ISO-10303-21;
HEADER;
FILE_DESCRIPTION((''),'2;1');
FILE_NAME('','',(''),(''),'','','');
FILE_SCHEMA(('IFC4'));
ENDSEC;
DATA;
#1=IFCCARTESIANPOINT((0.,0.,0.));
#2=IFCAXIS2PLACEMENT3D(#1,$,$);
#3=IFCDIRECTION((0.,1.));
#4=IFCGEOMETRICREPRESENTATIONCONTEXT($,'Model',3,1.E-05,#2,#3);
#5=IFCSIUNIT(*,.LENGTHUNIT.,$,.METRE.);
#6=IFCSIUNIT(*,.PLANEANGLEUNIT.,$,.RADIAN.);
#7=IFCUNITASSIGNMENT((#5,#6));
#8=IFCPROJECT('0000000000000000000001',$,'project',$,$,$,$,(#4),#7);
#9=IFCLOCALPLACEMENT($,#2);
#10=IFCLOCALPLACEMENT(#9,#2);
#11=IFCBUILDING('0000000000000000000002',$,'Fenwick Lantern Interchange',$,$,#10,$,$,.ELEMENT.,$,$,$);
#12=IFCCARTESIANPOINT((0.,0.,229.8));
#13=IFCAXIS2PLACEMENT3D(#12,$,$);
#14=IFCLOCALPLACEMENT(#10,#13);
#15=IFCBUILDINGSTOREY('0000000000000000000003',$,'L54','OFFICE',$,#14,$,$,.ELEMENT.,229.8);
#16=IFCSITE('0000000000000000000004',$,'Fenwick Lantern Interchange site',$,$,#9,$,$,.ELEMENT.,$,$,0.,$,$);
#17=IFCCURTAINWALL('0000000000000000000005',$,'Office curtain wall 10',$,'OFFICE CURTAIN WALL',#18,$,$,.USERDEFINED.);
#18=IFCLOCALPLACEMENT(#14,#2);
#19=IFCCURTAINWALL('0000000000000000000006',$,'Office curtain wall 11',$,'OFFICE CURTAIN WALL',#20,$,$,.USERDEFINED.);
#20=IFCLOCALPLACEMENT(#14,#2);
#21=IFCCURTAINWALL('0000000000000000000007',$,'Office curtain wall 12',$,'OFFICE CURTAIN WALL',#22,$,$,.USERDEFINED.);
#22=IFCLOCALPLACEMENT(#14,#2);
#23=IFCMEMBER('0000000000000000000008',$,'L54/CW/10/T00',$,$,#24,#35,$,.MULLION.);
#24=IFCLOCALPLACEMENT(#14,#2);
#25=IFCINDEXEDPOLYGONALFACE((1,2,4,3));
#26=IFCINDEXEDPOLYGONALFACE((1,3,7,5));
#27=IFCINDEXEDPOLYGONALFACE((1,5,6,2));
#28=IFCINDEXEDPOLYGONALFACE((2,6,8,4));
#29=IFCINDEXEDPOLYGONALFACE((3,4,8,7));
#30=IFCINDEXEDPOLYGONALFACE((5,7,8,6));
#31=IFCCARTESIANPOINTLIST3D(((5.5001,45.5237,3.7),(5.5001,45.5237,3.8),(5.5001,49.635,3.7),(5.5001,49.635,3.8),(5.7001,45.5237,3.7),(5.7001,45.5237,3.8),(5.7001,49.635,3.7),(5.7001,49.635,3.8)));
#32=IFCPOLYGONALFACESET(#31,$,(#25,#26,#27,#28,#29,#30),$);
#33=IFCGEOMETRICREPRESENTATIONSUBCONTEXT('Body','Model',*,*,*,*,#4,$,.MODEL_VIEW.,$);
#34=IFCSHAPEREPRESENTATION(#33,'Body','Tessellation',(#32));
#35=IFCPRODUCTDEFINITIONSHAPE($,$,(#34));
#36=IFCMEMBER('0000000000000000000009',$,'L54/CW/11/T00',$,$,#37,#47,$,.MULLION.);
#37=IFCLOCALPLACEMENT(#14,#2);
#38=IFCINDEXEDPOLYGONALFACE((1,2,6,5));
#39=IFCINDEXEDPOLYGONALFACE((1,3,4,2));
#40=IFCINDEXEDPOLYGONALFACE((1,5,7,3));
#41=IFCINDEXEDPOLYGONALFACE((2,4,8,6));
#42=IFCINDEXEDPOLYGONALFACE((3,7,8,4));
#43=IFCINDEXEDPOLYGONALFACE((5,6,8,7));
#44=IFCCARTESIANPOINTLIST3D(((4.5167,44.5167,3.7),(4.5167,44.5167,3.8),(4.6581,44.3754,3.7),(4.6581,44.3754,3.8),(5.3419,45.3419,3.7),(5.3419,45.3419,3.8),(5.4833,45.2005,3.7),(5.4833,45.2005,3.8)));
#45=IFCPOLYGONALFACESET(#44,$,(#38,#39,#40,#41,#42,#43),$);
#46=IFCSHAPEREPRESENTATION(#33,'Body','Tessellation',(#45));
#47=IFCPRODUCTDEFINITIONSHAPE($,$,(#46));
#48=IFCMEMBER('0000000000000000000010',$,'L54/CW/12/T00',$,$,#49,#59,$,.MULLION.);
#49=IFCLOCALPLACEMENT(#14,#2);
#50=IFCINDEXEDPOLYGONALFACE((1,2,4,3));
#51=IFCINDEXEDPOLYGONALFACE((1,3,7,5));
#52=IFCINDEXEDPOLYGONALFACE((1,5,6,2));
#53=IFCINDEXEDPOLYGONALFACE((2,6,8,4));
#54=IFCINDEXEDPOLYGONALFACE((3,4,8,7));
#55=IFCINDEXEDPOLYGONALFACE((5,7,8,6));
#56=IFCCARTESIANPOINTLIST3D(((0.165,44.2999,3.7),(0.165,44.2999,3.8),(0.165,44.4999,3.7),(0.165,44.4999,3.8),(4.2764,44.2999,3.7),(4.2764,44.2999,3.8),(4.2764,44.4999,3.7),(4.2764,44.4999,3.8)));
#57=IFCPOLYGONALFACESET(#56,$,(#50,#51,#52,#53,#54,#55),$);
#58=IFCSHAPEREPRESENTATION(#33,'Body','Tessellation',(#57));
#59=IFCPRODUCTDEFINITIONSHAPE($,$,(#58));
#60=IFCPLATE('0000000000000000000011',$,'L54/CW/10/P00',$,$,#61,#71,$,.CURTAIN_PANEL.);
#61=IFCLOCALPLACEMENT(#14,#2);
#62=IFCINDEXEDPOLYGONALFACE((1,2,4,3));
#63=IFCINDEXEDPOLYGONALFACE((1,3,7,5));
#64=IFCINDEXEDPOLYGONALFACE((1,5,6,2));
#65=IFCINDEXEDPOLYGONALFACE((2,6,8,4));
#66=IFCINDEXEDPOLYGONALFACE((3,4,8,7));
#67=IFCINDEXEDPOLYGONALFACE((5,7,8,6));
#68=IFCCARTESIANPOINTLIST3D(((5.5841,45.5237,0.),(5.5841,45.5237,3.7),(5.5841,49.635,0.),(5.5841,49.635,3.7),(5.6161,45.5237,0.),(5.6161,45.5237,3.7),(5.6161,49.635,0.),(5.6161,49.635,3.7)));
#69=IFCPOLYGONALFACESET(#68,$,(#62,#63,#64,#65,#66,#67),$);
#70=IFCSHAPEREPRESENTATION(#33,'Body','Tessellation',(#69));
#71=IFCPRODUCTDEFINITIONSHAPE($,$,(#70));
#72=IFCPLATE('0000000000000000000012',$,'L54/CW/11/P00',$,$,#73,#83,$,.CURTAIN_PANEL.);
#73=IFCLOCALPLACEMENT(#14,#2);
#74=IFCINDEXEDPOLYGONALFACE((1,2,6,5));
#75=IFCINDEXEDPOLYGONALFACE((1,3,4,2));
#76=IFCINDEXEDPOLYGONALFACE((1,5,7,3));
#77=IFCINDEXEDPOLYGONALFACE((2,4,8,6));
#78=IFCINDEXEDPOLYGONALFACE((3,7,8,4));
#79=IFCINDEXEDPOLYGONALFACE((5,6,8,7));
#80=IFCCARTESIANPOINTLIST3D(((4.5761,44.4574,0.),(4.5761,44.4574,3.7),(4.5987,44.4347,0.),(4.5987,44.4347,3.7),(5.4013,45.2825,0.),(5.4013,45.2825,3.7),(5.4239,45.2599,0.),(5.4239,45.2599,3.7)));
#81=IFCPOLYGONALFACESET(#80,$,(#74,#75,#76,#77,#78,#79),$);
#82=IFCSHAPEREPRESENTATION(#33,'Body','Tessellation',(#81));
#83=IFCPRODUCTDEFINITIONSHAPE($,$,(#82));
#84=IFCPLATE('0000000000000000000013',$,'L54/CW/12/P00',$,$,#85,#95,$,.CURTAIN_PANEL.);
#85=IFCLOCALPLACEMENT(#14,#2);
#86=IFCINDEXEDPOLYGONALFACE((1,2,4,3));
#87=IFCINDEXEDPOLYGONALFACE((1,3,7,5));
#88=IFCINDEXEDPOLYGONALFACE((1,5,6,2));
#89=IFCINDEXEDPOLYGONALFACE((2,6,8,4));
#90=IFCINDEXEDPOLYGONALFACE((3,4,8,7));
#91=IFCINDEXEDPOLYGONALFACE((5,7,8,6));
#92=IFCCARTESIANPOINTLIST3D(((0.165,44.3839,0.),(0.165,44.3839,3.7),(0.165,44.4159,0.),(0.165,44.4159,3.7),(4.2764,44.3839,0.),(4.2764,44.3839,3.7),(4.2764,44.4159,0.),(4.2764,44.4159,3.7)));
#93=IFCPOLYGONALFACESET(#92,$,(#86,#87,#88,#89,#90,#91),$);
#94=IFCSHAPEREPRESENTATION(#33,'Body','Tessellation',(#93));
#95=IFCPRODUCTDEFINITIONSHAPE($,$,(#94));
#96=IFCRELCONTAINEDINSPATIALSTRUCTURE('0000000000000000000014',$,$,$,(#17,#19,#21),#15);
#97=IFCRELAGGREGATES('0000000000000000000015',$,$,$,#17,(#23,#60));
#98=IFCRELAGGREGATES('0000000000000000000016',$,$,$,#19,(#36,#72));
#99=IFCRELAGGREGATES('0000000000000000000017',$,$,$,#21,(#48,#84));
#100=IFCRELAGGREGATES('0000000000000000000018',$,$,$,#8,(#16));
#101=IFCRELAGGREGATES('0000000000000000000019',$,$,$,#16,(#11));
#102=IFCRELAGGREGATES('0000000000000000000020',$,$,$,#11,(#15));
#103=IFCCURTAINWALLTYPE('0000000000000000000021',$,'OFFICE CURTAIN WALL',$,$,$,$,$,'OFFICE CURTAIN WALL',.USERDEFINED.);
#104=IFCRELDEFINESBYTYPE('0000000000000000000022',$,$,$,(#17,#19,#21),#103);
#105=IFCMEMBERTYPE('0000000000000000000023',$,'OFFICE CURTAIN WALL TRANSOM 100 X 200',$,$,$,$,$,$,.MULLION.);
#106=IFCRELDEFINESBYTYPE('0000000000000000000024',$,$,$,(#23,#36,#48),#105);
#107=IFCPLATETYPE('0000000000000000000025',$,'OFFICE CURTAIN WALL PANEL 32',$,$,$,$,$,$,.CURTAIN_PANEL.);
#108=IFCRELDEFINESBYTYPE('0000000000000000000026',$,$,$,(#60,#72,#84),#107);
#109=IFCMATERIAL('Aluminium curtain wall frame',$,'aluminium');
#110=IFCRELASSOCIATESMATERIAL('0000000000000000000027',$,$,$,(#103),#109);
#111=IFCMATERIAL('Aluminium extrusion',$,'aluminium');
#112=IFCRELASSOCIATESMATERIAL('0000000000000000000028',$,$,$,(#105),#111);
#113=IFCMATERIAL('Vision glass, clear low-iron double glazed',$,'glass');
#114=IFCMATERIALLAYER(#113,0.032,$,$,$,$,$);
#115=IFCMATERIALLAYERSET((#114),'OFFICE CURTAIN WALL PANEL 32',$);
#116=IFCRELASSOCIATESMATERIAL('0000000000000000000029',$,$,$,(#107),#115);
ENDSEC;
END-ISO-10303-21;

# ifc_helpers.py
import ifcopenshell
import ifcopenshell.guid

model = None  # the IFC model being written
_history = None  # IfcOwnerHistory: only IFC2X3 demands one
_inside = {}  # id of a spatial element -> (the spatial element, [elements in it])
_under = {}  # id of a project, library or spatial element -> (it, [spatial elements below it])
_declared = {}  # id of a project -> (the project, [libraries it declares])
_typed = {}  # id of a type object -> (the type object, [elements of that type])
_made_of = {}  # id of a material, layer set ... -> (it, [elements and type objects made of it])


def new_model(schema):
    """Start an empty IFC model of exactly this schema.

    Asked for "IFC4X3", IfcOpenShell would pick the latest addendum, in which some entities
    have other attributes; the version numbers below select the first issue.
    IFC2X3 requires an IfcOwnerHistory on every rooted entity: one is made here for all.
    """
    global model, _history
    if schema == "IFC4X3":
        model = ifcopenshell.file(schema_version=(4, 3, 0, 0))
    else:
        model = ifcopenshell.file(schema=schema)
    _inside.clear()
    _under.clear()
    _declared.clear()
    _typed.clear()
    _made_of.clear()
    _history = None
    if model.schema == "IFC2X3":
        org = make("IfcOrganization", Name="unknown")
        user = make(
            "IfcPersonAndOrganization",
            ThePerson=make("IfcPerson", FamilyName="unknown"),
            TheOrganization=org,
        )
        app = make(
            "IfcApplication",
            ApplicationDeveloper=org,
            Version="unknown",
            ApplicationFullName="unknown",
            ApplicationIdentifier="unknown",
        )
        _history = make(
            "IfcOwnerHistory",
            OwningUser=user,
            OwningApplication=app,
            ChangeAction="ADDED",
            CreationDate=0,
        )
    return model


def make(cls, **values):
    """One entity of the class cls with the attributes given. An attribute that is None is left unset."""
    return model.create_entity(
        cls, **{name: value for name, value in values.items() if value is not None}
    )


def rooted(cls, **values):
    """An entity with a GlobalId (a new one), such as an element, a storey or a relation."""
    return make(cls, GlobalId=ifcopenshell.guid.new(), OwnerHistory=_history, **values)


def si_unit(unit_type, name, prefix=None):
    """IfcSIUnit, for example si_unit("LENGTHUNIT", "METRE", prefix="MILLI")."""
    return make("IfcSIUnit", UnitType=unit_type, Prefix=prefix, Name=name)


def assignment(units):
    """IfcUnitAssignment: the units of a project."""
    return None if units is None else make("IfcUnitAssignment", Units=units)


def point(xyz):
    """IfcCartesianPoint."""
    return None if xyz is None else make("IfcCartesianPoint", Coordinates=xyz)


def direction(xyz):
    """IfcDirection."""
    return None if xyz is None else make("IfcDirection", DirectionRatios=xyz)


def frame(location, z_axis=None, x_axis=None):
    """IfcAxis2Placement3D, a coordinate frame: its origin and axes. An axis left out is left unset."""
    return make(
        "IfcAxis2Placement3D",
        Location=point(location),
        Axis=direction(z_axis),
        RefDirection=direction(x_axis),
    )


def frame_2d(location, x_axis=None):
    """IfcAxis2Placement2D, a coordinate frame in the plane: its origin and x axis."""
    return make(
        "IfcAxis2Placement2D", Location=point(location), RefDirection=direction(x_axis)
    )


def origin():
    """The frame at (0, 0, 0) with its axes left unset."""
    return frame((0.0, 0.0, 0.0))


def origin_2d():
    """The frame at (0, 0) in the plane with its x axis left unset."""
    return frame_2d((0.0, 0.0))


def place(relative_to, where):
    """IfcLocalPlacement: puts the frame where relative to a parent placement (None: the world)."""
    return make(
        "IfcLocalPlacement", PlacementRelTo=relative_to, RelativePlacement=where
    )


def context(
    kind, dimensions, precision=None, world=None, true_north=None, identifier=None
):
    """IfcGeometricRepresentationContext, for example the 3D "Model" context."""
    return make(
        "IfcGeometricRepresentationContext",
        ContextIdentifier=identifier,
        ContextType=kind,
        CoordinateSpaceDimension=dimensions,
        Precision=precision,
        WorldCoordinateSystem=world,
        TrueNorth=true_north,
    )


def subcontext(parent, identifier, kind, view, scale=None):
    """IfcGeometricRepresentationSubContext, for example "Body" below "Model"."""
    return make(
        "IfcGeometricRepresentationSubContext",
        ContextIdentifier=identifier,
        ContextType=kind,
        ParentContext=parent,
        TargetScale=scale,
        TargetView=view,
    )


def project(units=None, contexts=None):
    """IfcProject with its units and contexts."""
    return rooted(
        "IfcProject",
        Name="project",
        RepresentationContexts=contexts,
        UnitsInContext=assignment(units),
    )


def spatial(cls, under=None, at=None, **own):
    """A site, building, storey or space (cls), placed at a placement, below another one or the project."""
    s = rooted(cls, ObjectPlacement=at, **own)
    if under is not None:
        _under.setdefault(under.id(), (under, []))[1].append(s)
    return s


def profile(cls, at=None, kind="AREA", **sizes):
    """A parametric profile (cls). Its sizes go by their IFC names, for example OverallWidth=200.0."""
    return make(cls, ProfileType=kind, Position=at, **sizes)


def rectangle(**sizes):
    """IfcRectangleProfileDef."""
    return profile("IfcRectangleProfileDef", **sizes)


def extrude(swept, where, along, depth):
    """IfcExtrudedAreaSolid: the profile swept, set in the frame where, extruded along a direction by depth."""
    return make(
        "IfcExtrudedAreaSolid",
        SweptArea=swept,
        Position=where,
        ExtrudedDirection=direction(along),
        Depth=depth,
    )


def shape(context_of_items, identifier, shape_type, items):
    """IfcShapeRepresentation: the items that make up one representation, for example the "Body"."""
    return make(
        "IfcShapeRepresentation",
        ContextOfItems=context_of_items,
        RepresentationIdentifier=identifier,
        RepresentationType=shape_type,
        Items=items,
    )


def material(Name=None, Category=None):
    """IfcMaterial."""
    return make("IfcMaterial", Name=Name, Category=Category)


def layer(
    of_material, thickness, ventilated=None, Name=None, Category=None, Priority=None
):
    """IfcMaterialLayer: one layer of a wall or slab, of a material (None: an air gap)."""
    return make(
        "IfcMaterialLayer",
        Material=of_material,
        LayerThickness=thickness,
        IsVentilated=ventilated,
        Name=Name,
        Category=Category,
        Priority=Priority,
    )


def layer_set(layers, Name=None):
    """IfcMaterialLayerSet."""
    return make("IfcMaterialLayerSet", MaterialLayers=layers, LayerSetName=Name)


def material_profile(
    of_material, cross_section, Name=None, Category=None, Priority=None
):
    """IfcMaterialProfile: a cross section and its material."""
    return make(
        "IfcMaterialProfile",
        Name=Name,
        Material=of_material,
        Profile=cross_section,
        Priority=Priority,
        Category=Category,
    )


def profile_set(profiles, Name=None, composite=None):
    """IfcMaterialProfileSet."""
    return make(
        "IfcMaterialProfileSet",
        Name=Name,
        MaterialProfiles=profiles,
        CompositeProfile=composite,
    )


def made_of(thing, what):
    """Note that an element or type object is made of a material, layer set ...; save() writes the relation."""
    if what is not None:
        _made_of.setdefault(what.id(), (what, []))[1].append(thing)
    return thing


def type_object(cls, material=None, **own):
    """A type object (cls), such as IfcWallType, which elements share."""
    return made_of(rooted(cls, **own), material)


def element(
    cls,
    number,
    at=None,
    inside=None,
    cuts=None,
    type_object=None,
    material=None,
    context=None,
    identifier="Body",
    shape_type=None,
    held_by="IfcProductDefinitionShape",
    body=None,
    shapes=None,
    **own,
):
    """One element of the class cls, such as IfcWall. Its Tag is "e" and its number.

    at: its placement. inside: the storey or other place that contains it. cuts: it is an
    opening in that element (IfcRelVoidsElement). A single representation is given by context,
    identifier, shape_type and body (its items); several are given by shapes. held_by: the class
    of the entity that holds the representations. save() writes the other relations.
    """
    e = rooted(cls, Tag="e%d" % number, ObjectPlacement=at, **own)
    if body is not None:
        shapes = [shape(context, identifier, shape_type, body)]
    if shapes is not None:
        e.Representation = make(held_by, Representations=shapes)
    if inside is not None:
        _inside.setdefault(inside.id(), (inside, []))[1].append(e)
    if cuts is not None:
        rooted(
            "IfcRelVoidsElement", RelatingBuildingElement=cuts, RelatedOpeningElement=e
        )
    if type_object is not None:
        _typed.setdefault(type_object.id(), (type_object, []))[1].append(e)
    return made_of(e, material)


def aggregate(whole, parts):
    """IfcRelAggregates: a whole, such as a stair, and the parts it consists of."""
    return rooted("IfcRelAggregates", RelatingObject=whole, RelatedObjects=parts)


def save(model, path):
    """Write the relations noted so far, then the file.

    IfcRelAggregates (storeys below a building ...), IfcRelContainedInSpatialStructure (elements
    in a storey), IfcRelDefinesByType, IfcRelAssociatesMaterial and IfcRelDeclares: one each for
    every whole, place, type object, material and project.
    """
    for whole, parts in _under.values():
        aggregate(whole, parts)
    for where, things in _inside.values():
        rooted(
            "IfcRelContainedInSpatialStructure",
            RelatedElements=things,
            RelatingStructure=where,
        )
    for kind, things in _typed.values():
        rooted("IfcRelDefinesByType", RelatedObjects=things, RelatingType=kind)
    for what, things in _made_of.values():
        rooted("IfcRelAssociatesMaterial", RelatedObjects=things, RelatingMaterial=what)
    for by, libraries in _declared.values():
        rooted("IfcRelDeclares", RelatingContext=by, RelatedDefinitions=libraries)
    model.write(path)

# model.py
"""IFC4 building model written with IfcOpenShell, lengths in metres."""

from ifc_helpers import new_model, si_unit, direction, frame, origin, origin_2d, place, context, subcontext, project, spatial, rectangle, extrude, material, layer, layer_set, material_profile, profile_set, type_object, element, aggregate, save


model = new_model("IFC4")

# Units and contexts
model_context = context("Model", 3, precision=1e-05, world=origin(), true_north=direction((0.0, 1.0)))
body_context = subcontext(model_context, "Body", "Model", "MODEL_VIEW")
ifc_project = project(units=[si_unit("LENGTHUNIT", "METRE"), si_unit("PLANEANGLEUNIT", "RADIAN")], contexts=[model_context])

# Site, building, storey
site_placement = place(None, origin())
site = spatial("IfcSite", under=ifc_project, at=site_placement, Name="Fenwick Lantern Interchange site", CompositionType="ELEMENT", RefElevation=0.0)
building_placement = place(site_placement, origin())
building = spatial("IfcBuilding", under=site, at=building_placement, Name="Fenwick Lantern Interchange", CompositionType="ELEMENT")
storey_placement = place(building_placement, frame((0.0, 0.0, 229.8)))
storey = spatial("IfcBuildingStorey", under=building, at=storey_placement, Name="L54", Description="OFFICE", CompositionType="ELEMENT", Elevation=229.8)

# Curtain walls
ifc_material_1 = material(Name="Aluminium curtain wall frame", Category="aluminium")
curtain_wall_type = type_object("IfcCurtainWallType", Name="OFFICE CURTAIN WALL", ElementType="OFFICE CURTAIN WALL", PredefinedType="USERDEFINED", material=ifc_material_1)
ifc_material_2 = material(Name="Aluminium extrusion", Category="aluminium")
curtain_wall_1_placement = place(storey_placement, origin())
curtain_wall_1 = element("IfcCurtainWall", 1, at=curtain_wall_1_placement, inside=storey, type_object=curtain_wall_type, Name="Office curtain wall 10", ObjectType="OFFICE CURTAIN WALL", PredefinedType="USERDEFINED")
curtain_wall_2_placement = place(storey_placement, origin())
curtain_wall_2 = element("IfcCurtainWall", 2, at=curtain_wall_2_placement, inside=storey, type_object=curtain_wall_type, Name="Office curtain wall 11", ObjectType="OFFICE CURTAIN WALL", PredefinedType="USERDEFINED")
curtain_wall_3_placement = place(storey_placement, origin())
curtain_wall_3 = element("IfcCurtainWall", 3, at=curtain_wall_3_placement, inside=storey, type_object=curtain_wall_type, Name="Office curtain wall 12", ObjectType="OFFICE CURTAIN WALL", PredefinedType="USERDEFINED")

# Members
ifc_material_profile_1 = material_profile(ifc_material_2, rectangle(XDim=0.2, YDim=0.1001, at=origin_2d()), Name="OFFICE CURTAIN WALL TRANSOM 100 X 200")
ifc_profile_set_1 = profile_set([ifc_material_profile_1], Name="Aluminium extrusion")
member_type_1 = type_object("IfcMemberType", Name="OFFICE CURTAIN WALL TRANSOM 100 X 200", PredefinedType="MULLION", material=ifc_profile_set_1)
member_1_placement = place(storey_placement, frame((5.6001, 49.635, 3.75), z_axis=(0.0, -1.0, 0.0), x_axis=(1.0, 0.0, 0.0)))
member_1 = element("IfcMember", 4, at=member_1_placement, type_object=member_type_1, Name="L54/CW/10/T00", PredefinedType="MULLION", context=body_context, shape_type="SweptSolid", body=[
    extrude(rectangle(XDim=0.2, YDim=0.1001, at=origin_2d()), origin(), (0.0, 0.0, 1.0), 4.1113),
])
member_2_placement = place(storey_placement, frame((5.4126, 45.2712, 3.75), z_axis=(-0.707107, -0.707107, 0.0), x_axis=(0.707107, -0.707107, 0.0)))
member_2 = element("IfcMember", 5, at=member_2_placement, type_object=member_type_1, Name="L54/CW/11/T00", PredefinedType="MULLION", context=body_context, shape_type="SweptSolid", body=[
    extrude(rectangle(XDim=0.2, YDim=0.1001, at=origin_2d()), origin(), (0.0, 0.0, 1.0), 1.167),
])
member_3_placement = place(storey_placement, frame((4.2764, 44.3999, 3.75), z_axis=(-1.0, 0.0, 0.0), x_axis=(0.0, -1.0, 0.0)))
member_3 = element("IfcMember", 6, at=member_3_placement, type_object=member_type_1, Name="L54/CW/12/T00", PredefinedType="MULLION", context=body_context, shape_type="SweptSolid", body=[
    extrude(rectangle(XDim=0.2, YDim=0.1001, at=origin_2d()), origin(), (0.0, 0.0, 1.0), 4.1113),
])

# Plates
ifc_material_3 = material(Name="Vision glass, clear low-iron double glazed", Category="glass")
ifc_layer_1 = layer(ifc_material_3, 0.032)
ifc_layer_set_1 = layer_set([ifc_layer_1], Name="OFFICE CURTAIN WALL PANEL 32")
plate_type = type_object("IfcPlateType", Name="OFFICE CURTAIN WALL PANEL 32", PredefinedType="CURTAIN_PANEL", material=ifc_layer_set_1)
plate_1_placement = place(storey_placement, frame((5.6001, 47.5793, 0.0), z_axis=(0.0, 0.0, 1.0), x_axis=(0.0, -1.0, 0.0)))
plate_1 = element("IfcPlate", 7, at=plate_1_placement, type_object=plate_type, Name="L54/CW/10/P00", PredefinedType="CURTAIN_PANEL", context=body_context, shape_type="SweptSolid", body=[
    extrude(rectangle(XDim=4.1113, YDim=0.032, at=origin_2d()), origin(), (0.0, 0.0, 1.0), 3.7),
])
aggregate(curtain_wall_1, [member_1, plate_1])
plate_2_placement = place(storey_placement, frame((5.0, 44.8586, 0.0), z_axis=(0.0, 0.0, 1.0), x_axis=(-0.707107, -0.707107, 0.0)))
plate_2 = element("IfcPlate", 8, at=plate_2_placement, type_object=plate_type, Name="L54/CW/11/P00", PredefinedType="CURTAIN_PANEL", context=body_context, shape_type="SweptSolid", body=[
    extrude(rectangle(XDim=1.167, YDim=0.032, at=origin_2d()), origin(), (0.0, 0.0, 1.0), 3.7),
])
aggregate(curtain_wall_2, [member_2, plate_2])
plate_3_placement = place(storey_placement, frame((2.2207, 44.3999, 0.0), z_axis=(0.0, 0.0, 1.0), x_axis=(-1.0, 0.0, 0.0)))
plate_3 = element("IfcPlate", 9, at=plate_3_placement, type_object=plate_type, Name="L54/CW/12/P00", PredefinedType="CURTAIN_PANEL", context=body_context, shape_type="SweptSolid", body=[
    extrude(rectangle(XDim=4.1113, YDim=0.032, at=origin_2d()), origin(), (0.0, 0.0, 1.0), 3.7),
])
aggregate(curtain_wall_3, [member_3, plate_3])

save(model, "model.ifc")
